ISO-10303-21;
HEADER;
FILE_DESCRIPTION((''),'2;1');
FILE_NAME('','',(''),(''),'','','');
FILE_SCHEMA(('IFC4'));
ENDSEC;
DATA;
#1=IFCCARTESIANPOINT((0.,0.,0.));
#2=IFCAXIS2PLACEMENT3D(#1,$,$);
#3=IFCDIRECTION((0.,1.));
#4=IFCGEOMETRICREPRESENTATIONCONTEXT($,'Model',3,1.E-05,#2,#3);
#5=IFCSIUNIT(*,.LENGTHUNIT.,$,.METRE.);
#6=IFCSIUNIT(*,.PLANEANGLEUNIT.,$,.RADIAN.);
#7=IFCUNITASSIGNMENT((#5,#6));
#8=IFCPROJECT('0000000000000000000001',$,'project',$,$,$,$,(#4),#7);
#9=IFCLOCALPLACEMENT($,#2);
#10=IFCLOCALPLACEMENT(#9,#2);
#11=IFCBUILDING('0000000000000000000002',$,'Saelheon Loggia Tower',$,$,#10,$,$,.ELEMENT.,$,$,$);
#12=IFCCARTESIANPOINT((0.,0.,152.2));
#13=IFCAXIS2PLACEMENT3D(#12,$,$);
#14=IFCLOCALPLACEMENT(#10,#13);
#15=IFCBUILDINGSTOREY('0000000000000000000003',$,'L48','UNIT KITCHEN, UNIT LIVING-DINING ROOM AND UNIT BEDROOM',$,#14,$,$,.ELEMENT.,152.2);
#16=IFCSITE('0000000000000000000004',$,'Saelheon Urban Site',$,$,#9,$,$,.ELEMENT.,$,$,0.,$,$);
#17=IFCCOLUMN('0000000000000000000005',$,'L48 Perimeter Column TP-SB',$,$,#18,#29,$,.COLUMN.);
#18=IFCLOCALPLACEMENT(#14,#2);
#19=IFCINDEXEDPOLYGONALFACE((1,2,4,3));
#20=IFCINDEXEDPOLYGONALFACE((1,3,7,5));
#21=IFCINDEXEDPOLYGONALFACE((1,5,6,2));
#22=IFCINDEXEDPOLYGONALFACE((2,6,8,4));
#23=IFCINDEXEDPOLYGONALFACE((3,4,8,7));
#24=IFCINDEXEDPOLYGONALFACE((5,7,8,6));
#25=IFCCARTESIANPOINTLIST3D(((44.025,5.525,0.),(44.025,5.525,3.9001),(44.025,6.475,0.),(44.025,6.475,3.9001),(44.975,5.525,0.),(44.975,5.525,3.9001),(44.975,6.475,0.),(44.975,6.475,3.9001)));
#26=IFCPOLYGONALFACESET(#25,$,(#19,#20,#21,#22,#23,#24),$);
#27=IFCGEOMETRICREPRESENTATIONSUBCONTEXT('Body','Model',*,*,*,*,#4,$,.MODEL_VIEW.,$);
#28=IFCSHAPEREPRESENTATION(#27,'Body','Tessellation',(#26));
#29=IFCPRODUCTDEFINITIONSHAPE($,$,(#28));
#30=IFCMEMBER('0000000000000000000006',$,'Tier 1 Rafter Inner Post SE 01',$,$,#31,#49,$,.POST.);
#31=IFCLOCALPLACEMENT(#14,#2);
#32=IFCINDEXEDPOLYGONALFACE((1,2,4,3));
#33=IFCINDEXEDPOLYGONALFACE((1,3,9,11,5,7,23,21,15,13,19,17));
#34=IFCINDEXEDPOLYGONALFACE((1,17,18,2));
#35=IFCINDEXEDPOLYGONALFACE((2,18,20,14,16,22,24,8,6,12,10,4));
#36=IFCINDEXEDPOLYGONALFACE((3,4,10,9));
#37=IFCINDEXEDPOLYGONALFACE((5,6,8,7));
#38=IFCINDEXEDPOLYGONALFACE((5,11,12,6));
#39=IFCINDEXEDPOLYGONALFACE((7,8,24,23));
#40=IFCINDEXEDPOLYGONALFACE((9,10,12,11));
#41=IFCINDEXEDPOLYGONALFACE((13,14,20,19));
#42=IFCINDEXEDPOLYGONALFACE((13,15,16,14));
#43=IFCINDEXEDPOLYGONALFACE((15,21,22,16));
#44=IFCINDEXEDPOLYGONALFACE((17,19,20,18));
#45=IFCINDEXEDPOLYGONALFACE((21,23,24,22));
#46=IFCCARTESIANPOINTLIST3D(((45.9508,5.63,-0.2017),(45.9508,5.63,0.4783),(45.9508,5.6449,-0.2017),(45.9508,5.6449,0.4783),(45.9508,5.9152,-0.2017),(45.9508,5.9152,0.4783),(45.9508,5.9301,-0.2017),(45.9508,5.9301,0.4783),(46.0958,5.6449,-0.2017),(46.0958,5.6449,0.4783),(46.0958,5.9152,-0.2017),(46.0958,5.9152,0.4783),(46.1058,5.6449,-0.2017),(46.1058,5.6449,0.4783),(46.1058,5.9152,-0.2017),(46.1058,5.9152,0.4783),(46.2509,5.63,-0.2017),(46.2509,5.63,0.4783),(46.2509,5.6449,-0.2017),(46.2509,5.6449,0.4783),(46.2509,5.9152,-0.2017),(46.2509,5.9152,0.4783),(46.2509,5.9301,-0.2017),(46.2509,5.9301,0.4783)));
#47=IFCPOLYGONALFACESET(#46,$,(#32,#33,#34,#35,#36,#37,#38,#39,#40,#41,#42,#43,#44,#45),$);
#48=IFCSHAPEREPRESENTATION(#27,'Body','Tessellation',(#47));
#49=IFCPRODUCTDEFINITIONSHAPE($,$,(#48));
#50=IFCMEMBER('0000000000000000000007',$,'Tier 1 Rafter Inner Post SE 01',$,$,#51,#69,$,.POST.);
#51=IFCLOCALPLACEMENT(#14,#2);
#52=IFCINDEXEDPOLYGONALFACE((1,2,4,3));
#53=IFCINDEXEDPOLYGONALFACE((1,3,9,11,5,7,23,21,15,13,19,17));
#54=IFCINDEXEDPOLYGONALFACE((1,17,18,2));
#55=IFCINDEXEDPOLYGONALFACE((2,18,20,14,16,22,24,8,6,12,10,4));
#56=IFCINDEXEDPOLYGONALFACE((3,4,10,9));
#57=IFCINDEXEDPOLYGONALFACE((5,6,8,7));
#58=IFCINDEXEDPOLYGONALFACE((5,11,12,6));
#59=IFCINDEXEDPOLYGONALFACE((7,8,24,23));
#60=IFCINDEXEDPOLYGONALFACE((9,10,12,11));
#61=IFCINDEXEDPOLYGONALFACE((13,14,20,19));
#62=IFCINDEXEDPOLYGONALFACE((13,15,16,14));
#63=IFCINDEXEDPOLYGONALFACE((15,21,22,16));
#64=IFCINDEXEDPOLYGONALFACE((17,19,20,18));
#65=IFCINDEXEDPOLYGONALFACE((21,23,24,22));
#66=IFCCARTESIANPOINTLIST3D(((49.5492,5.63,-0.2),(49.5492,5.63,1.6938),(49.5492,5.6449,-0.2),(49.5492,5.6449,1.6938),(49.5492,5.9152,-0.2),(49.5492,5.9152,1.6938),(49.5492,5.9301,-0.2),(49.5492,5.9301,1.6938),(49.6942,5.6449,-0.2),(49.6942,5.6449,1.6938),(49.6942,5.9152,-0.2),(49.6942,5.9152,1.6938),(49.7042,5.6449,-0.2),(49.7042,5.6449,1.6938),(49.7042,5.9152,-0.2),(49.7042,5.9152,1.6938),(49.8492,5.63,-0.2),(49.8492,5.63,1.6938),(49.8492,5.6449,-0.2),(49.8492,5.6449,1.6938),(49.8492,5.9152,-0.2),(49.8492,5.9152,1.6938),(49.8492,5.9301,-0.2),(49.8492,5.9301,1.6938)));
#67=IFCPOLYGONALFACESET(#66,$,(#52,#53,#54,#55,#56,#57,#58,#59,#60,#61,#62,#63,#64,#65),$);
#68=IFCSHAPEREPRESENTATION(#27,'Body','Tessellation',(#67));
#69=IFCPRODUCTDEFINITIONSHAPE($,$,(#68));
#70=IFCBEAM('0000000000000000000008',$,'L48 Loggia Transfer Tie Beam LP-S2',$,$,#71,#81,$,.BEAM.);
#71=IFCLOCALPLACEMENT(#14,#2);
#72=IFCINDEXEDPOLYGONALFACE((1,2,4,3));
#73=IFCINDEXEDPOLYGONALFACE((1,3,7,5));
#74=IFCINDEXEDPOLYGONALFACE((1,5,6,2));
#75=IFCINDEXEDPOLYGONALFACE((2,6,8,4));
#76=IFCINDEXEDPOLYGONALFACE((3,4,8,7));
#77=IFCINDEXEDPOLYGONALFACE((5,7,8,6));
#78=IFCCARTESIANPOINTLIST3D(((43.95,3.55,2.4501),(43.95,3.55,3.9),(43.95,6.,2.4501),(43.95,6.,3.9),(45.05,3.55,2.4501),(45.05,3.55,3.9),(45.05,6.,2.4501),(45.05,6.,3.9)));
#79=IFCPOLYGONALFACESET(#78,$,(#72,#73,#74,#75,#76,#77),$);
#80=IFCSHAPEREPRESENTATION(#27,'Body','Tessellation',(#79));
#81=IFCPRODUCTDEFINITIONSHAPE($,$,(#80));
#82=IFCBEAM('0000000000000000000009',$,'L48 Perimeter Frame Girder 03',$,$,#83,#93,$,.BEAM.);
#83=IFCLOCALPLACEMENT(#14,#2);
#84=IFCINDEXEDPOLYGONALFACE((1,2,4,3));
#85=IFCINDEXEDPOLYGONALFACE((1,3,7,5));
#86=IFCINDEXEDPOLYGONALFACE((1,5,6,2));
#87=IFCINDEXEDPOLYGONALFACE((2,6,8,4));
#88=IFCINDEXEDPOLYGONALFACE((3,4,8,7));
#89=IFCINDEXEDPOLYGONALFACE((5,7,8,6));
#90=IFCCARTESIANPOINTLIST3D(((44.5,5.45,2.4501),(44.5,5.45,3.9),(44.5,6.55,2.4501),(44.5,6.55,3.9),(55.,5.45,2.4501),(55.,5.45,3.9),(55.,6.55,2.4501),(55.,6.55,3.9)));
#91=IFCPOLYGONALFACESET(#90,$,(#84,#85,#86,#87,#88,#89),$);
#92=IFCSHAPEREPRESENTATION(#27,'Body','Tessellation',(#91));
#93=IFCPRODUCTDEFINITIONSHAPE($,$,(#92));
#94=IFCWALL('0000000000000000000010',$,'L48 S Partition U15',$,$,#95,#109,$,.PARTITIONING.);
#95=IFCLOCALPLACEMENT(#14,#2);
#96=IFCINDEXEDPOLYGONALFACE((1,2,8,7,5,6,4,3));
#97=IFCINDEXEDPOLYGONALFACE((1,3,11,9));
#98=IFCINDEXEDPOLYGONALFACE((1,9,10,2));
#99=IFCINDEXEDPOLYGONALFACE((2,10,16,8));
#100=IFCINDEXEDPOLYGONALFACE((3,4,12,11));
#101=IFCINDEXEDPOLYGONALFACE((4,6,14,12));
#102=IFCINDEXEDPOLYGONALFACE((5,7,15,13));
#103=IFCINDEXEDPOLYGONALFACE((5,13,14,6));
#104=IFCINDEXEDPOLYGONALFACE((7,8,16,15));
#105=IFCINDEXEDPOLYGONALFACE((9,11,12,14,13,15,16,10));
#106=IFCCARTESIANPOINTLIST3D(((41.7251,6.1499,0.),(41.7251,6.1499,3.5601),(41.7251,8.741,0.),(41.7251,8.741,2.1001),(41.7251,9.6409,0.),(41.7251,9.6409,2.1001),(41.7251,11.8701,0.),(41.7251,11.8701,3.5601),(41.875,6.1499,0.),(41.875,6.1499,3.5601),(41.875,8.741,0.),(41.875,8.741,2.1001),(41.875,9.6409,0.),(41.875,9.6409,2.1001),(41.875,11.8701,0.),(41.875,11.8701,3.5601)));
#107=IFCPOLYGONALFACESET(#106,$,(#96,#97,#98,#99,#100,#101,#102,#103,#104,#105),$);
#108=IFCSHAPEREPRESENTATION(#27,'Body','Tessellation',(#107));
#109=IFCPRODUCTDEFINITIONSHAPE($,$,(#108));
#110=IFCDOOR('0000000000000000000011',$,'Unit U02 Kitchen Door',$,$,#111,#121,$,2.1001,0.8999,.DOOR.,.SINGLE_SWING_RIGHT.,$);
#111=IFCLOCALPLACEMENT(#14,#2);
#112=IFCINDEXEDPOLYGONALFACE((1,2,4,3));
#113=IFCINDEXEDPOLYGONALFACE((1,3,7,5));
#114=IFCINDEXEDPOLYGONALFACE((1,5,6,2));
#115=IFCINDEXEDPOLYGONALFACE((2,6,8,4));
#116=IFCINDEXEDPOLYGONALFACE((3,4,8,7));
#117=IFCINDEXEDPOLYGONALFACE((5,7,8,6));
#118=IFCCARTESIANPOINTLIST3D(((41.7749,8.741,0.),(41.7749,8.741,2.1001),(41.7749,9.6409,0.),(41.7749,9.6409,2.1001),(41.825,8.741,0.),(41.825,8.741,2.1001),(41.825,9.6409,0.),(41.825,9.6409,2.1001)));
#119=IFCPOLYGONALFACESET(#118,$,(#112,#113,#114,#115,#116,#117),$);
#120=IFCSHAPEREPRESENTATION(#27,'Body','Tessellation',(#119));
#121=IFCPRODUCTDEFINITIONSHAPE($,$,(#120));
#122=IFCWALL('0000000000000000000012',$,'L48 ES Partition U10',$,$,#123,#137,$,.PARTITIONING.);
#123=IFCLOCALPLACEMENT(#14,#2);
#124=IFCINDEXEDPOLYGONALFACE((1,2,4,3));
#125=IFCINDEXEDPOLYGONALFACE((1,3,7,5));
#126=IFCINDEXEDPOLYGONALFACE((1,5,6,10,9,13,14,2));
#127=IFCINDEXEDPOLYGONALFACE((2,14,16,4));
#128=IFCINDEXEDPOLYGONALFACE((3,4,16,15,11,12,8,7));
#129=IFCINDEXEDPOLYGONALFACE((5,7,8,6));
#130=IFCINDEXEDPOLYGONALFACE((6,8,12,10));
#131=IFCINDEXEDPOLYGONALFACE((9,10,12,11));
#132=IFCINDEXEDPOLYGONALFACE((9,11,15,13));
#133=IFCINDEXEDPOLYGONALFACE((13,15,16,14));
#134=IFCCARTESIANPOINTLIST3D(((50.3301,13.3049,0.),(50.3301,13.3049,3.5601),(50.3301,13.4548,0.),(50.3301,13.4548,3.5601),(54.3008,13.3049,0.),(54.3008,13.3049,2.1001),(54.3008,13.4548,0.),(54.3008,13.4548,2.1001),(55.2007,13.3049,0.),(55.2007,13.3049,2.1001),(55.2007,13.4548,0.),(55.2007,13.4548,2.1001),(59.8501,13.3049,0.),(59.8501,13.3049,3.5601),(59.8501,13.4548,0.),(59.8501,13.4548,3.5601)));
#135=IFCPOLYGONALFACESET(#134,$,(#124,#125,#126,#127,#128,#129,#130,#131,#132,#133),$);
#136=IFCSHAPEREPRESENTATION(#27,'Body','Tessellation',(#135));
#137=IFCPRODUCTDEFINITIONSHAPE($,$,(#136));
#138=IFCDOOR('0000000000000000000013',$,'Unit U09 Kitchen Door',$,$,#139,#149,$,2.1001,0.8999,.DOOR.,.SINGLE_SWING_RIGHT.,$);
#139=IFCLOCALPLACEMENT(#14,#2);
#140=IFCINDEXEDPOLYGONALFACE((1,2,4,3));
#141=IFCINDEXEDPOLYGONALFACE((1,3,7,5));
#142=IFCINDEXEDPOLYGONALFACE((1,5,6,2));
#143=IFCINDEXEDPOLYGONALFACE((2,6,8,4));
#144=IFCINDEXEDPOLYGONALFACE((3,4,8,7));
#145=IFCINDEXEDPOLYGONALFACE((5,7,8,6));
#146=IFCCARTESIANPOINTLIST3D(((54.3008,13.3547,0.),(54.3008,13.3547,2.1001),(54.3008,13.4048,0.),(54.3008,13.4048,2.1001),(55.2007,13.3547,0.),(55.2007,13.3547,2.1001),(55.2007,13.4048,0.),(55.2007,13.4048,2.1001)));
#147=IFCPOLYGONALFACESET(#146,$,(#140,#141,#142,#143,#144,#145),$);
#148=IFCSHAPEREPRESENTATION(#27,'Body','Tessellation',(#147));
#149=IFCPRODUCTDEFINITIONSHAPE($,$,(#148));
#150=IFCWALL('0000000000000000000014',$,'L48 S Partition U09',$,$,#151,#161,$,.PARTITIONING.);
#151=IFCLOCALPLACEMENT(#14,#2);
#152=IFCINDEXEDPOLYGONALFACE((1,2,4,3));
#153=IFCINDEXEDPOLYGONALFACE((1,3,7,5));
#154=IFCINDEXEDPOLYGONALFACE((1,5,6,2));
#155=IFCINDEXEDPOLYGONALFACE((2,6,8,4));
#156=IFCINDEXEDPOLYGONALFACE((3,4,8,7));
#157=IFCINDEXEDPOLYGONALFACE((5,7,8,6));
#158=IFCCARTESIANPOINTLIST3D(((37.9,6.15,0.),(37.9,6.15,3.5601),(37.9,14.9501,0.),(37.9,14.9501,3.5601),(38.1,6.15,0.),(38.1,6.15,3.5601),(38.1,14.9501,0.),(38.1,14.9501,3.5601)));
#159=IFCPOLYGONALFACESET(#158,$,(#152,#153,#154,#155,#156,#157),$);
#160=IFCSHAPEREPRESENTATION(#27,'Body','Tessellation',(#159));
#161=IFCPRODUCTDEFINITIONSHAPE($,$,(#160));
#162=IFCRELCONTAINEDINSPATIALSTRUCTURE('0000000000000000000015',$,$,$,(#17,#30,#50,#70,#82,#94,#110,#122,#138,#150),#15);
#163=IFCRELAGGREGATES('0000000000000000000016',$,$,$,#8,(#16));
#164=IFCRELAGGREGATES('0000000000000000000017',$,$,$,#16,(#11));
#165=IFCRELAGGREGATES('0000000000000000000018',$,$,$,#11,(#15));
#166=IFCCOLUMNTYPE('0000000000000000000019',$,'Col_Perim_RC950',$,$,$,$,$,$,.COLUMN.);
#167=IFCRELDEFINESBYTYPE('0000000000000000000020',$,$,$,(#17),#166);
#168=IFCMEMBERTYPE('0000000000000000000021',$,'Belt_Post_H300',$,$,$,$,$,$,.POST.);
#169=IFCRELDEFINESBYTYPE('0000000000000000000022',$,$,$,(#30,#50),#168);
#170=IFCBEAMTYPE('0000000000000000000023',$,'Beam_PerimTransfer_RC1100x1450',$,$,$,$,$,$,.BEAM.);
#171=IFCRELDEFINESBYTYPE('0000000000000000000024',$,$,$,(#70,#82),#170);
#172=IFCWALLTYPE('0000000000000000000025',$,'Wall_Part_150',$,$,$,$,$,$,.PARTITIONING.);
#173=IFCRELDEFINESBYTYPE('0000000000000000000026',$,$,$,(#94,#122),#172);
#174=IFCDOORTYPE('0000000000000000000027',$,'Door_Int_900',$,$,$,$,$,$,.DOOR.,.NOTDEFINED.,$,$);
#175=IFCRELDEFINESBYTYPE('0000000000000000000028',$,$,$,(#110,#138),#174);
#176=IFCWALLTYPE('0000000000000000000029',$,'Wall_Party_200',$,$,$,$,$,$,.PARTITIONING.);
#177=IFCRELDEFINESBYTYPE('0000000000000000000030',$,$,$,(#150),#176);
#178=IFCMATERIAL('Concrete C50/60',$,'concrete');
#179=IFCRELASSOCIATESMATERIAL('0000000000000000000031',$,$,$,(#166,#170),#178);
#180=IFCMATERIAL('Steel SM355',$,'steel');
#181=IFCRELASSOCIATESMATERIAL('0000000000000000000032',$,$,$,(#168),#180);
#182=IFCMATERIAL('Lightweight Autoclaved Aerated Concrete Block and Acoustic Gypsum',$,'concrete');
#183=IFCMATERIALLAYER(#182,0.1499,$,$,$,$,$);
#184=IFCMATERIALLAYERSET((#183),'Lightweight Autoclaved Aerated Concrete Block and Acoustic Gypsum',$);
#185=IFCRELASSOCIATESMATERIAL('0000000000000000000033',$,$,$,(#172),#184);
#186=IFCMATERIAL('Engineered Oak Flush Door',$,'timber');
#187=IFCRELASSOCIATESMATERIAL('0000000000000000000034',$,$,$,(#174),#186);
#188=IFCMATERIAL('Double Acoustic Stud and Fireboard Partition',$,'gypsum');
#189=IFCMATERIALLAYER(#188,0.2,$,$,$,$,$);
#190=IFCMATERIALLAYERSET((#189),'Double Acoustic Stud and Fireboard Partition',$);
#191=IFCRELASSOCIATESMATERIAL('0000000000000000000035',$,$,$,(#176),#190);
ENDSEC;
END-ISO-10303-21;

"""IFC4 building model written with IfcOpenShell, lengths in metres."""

from ifc_helpers import new_model, si_unit, direction, frame, frame_2d, origin, origin_2d, place, context, subcontext, project, spatial, rectangle, i_section, extrude, source, transform, mapped, material, layer, layer_set, material_profile, profile_set, type_object, element, fill, save


model = new_model("IFC4")

# Units and contexts
model_context = context("Model", 3, precision=1e-05, world=origin(), true_north=direction((0.0, 1.0)))
body_context = subcontext(model_context, "Body", "Model", "MODEL_VIEW")
ifc_project = project(units=[si_unit("LENGTHUNIT", "METRE"), si_unit("PLANEANGLEUNIT", "RADIAN")], contexts=[model_context])

# Site, building, storey
site_placement = place(None, origin())
site = spatial("IfcSite", under=ifc_project, at=site_placement, Name="Saelheon Urban Site", CompositionType="ELEMENT", RefElevation=0.0)
building_placement = place(site_placement, origin())
building = spatial("IfcBuilding", under=site, at=building_placement, Name="Saelheon Loggia Tower", CompositionType="ELEMENT")
storey_placement = place(building_placement, frame((0.0, 0.0, 152.2)))
storey = spatial("IfcBuildingStorey", under=building, at=storey_placement, Name="L48", Description="UNIT KITCHEN, UNIT LIVING-DINING ROOM AND UNIT BEDROOM", CompositionType="ELEMENT", Elevation=152.2)

# Column
ifc_material_1 = material(Name="Concrete C50/60", Category="concrete")
ifc_material_profile_1 = material_profile(ifc_material_1, rectangle(XDim=0.95, YDim=0.95, at=origin_2d()), Name="RC-950x950")
ifc_profile_set_1 = profile_set([ifc_material_profile_1], Name="Concrete C50/60")
column_type = type_object("IfcColumnType", Name="Col_Perim_RC950", PredefinedType="COLUMN", material=ifc_profile_set_1)
shared_shape_1 = source(origin(), body_context, "Body", "SweptSolid", [
    extrude(rectangle(XDim=0.95, YDim=0.95, at=origin_2d()), origin(), (0.0, 0.0, 1.0), 3.9001),
])
column_placement = place(storey_placement, frame((44.5, 6.0, 0.0), z_axis=(0.0, 0.0, 1.0), x_axis=(1.0, 0.0, 0.0)))
element("IfcColumn", 1, at=column_placement, inside=storey, type_object=column_type, Name="L48 Perimeter Column TP-SB", PredefinedType="COLUMN", context=body_context, shape_type="MappedRepresentation", body=[
    mapped(shared_shape_1, transform((0.0, 0.0, 0.0), scale=1.0)),
])

# Members
ifc_material_2 = material(Name="Steel SM355", Category="steel")
ifc_material_profile_2 = material_profile(ifc_material_2, i_section(OverallWidth=0.3, OverallDepth=0.3, WebThickness=0.01, FlangeThickness=0.0149, at=origin_2d()), Name="H-300x300x10x15")
ifc_profile_set_2 = profile_set([ifc_material_profile_2], Name="Steel SM355")
member_type = type_object("IfcMemberType", Name="Belt_Post_H300", PredefinedType="POST", material=ifc_profile_set_2)
shared_shape_2 = source(origin(), body_context, "Body", "SweptSolid", [
    extrude(i_section(OverallWidth=0.3, OverallDepth=0.3, WebThickness=0.01, FlangeThickness=0.0149, at=origin_2d()), origin(), (0.0, 0.0, 1.0), 0.6799),
])
member_1_placement = place(storey_placement, frame((46.1008, 5.78, -0.2017), z_axis=(0.0, 0.0, 1.0), x_axis=(1.0, 0.0, 0.0)))
element("IfcMember", 2, at=member_1_placement, inside=storey, type_object=member_type, Name="Tier 1 Rafter Inner Post SE 01", PredefinedType="POST", context=body_context, shape_type="MappedRepresentation", body=[
    mapped(shared_shape_2, transform((0.0, 0.0, 0.0), scale=1.0)),
])
shared_shape_3 = source(origin(), body_context, "Body", "SweptSolid", [
    extrude(i_section(OverallWidth=0.3, OverallDepth=0.3, WebThickness=0.01, FlangeThickness=0.0149, at=origin_2d()), origin(), (0.0, 0.0, 1.0), 1.8938),
])
member_2_placement = place(storey_placement, frame((49.6992, 5.78, -0.2), z_axis=(0.0, 0.0, 1.0), x_axis=(1.0, 0.0, 0.0)))
element("IfcMember", 3, at=member_2_placement, inside=storey, type_object=member_type, Name="Tier 1 Rafter Inner Post SE 01", PredefinedType="POST", context=body_context, shape_type="MappedRepresentation", body=[
    mapped(shared_shape_3, transform((0.0, 0.0, 0.0), scale=1.0)),
])

# Beams
ifc_material_profile_3 = material_profile(ifc_material_1, rectangle(XDim=1.1001, YDim=1.45, at=origin_2d()), Name="RC-1100x1450")
ifc_profile_set_3 = profile_set([ifc_material_profile_3], Name="Concrete C50/60")
beam_type = type_object("IfcBeamType", Name="Beam_PerimTransfer_RC1100x1450", PredefinedType="BEAM", material=ifc_profile_set_3)
shared_shape_4 = source(origin(), body_context, "Body", "SweptSolid", [
    extrude(rectangle(XDim=1.1001, YDim=1.45, at=origin_2d()), origin(), (0.0, 0.0, 1.0), 2.45),
])
beam_1_placement = place(storey_placement, frame((44.5, 6.0, 3.175), z_axis=(0.0, -1.0, 0.0), x_axis=(1.0, 0.0, 0.0)))
element("IfcBeam", 4, at=beam_1_placement, inside=storey, type_object=beam_type, Name="L48 Loggia Transfer Tie Beam LP-S2", PredefinedType="BEAM", context=body_context, shape_type="MappedRepresentation", body=[
    mapped(shared_shape_4, transform((0.0, 0.0, 0.0), scale=1.0)),
])
shared_shape_5 = source(origin(), body_context, "Body", "SweptSolid", [
    extrude(rectangle(XDim=1.1001, YDim=1.45, at=origin_2d()), origin(), (0.0, 0.0, 1.0), 10.5),
])
beam_2_placement = place(storey_placement, frame((44.5, 6.0, 3.175), z_axis=(1.0, 0.0, 0.0), x_axis=(0.0, 1.0, 0.0)))
element("IfcBeam", 5, at=beam_2_placement, inside=storey, type_object=beam_type, Name="L48 Perimeter Frame Girder 03", PredefinedType="BEAM", context=body_context, shape_type="MappedRepresentation", body=[
    mapped(shared_shape_5, transform((0.0, 0.0, 0.0), scale=1.0)),
])

# Walls, openings, doors
ifc_material_3 = material(Name="Lightweight Autoclaved Aerated Concrete Block and Acoustic Gypsum", Category="concrete")
ifc_layer_1 = layer(ifc_material_3, 0.1499)
ifc_layer_set_1 = layer_set([ifc_layer_1], Name="Lightweight Autoclaved Aerated Concrete Block and Acoustic Gypsum")
wall_type_1 = type_object("IfcWallType", Name="Wall_Part_150", PredefinedType="PARTITIONING", material=ifc_layer_set_1)
wall_1_placement = place(storey_placement, frame((41.8, 11.8701, 0.0), z_axis=(0.0, 0.0, 1.0), x_axis=(0.0, -1.0, 0.0)))
wall_1 = element("IfcWall", 6, at=wall_1_placement, inside=storey, type_object=wall_type_1, Name="L48 S Partition U15", PredefinedType="PARTITIONING", context=body_context, shape_type="SweptSolid", body=[
    extrude(rectangle(XDim=5.7202, YDim=0.1499, at=frame_2d((2.8601, 0.0))), origin(), (0.0, 0.0, 1.0), 3.5601),
])
opening_1_placement = place(wall_1_placement, frame((2.2292, 0.0, 0.0)))
opening_1 = element("IfcOpeningElement", 7, at=opening_1_placement, cuts=wall_1, PredefinedType="OPENING", context=body_context, shape_type="SweptSolid", body=[
    extrude(rectangle(XDim=0.8999, YDim=2.1001, at=frame_2d((0.45, 1.05))), frame((0.0, 0.0869, 0.0), z_axis=(0.0, -1.0, 0.0), x_axis=(1.0, 0.0, 0.0)), (0.0, 0.0, 1.0), 0.1738),
])
ifc_material_4 = material(Name="Engineered Oak Flush Door", Category="timber")
door_type_1 = type_object("IfcDoorType", Name="Door_Int_900", OperationType="NOTDEFINED", PredefinedType="DOOR", material=ifc_material_4)
shared_shape_6 = source(origin(), body_context, "Body", "SweptSolid", [
    extrude(rectangle(XDim=0.8999, YDim=2.1001, at=frame_2d((0.45, 1.05))), frame((0.0, 0.0249, 0.0), z_axis=(0.0, -1.0, 0.0), x_axis=(1.0, 0.0, 0.0)), (0.0, 0.0, 1.0), 0.05),
])
door_1_placement = place(opening_1_placement, origin())
door_1 = element("IfcDoor", 8, at=door_1_placement, inside=storey, type_object=door_type_1, Name="Unit U02 Kitchen Door", OperationType="SINGLE_SWING_RIGHT", OverallHeight=2.1001, OverallWidth=0.8999, PredefinedType="DOOR", context=body_context, shape_type="MappedRepresentation", body=[
    mapped(shared_shape_6, transform((0.0, 0.0, 0.0), scale=1.0)),
])
fill(opening_1, door_1)
wall_2_placement = place(storey_placement, frame((50.3301, 13.3799, 0.0), z_axis=(0.0, 0.0, 1.0), x_axis=(1.0, 0.0, 0.0)))
wall_2 = element("IfcWall", 9, at=wall_2_placement, inside=storey, type_object=wall_type_1, Name="L48 ES Partition U10", PredefinedType="PARTITIONING", context=body_context, shape_type="SweptSolid", body=[
    extrude(rectangle(XDim=9.52, YDim=0.1499, at=frame_2d((4.76, 0.0))), origin(), (0.0, 0.0, 1.0), 3.5601),
])
opening_2_placement = place(wall_2_placement, frame((3.9707, 0.0, 0.0)))
opening_2 = element("IfcOpeningElement", 10, at=opening_2_placement, cuts=wall_2, PredefinedType="OPENING", context=body_context, shape_type="SweptSolid", body=[
    extrude(rectangle(XDim=0.8999, YDim=2.1001, at=frame_2d((0.45, 1.05))), frame((0.0, 0.0869, 0.0), z_axis=(0.0, -1.0, 0.0), x_axis=(1.0, 0.0, 0.0)), (0.0, 0.0, 1.0), 0.1738),
])
door_2_placement = place(opening_2_placement, origin())
door_2 = element("IfcDoor", 11, at=door_2_placement, inside=storey, type_object=door_type_1, Name="Unit U09 Kitchen Door", OperationType="SINGLE_SWING_RIGHT", OverallHeight=2.1001, OverallWidth=0.8999, PredefinedType="DOOR", context=body_context, shape_type="MappedRepresentation", body=[
    mapped(shared_shape_6, transform((0.0, 0.0, 0.0), scale=1.0)),
])
fill(opening_2, door_2)

# Wall
ifc_material_5 = material(Name="Double Acoustic Stud and Fireboard Partition", Category="gypsum")
ifc_layer_2 = layer(ifc_material_5, 0.2)
ifc_layer_set_2 = layer_set([ifc_layer_2], Name="Double Acoustic Stud and Fireboard Partition")
wall_type_2 = type_object("IfcWallType", Name="Wall_Party_200", PredefinedType="PARTITIONING", material=ifc_layer_set_2)
wall_3_placement = place(storey_placement, frame((38.0, 14.95, 0.0), z_axis=(0.0, 0.0, 1.0), x_axis=(0.0, -1.0, 0.0)))
element("IfcWall", 12, at=wall_3_placement, inside=storey, type_object=wall_type_2, Name="L48 S Partition U09", PredefinedType="PARTITIONING", context=body_context, shape_type="SweptSolid", body=[
    extrude(rectangle(XDim=8.8, YDim=0.2, at=frame_2d((4.3999, 0.0))), origin(), (0.0, 0.0, 1.0), 3.5601),
])

save(model, "model.ifc")
